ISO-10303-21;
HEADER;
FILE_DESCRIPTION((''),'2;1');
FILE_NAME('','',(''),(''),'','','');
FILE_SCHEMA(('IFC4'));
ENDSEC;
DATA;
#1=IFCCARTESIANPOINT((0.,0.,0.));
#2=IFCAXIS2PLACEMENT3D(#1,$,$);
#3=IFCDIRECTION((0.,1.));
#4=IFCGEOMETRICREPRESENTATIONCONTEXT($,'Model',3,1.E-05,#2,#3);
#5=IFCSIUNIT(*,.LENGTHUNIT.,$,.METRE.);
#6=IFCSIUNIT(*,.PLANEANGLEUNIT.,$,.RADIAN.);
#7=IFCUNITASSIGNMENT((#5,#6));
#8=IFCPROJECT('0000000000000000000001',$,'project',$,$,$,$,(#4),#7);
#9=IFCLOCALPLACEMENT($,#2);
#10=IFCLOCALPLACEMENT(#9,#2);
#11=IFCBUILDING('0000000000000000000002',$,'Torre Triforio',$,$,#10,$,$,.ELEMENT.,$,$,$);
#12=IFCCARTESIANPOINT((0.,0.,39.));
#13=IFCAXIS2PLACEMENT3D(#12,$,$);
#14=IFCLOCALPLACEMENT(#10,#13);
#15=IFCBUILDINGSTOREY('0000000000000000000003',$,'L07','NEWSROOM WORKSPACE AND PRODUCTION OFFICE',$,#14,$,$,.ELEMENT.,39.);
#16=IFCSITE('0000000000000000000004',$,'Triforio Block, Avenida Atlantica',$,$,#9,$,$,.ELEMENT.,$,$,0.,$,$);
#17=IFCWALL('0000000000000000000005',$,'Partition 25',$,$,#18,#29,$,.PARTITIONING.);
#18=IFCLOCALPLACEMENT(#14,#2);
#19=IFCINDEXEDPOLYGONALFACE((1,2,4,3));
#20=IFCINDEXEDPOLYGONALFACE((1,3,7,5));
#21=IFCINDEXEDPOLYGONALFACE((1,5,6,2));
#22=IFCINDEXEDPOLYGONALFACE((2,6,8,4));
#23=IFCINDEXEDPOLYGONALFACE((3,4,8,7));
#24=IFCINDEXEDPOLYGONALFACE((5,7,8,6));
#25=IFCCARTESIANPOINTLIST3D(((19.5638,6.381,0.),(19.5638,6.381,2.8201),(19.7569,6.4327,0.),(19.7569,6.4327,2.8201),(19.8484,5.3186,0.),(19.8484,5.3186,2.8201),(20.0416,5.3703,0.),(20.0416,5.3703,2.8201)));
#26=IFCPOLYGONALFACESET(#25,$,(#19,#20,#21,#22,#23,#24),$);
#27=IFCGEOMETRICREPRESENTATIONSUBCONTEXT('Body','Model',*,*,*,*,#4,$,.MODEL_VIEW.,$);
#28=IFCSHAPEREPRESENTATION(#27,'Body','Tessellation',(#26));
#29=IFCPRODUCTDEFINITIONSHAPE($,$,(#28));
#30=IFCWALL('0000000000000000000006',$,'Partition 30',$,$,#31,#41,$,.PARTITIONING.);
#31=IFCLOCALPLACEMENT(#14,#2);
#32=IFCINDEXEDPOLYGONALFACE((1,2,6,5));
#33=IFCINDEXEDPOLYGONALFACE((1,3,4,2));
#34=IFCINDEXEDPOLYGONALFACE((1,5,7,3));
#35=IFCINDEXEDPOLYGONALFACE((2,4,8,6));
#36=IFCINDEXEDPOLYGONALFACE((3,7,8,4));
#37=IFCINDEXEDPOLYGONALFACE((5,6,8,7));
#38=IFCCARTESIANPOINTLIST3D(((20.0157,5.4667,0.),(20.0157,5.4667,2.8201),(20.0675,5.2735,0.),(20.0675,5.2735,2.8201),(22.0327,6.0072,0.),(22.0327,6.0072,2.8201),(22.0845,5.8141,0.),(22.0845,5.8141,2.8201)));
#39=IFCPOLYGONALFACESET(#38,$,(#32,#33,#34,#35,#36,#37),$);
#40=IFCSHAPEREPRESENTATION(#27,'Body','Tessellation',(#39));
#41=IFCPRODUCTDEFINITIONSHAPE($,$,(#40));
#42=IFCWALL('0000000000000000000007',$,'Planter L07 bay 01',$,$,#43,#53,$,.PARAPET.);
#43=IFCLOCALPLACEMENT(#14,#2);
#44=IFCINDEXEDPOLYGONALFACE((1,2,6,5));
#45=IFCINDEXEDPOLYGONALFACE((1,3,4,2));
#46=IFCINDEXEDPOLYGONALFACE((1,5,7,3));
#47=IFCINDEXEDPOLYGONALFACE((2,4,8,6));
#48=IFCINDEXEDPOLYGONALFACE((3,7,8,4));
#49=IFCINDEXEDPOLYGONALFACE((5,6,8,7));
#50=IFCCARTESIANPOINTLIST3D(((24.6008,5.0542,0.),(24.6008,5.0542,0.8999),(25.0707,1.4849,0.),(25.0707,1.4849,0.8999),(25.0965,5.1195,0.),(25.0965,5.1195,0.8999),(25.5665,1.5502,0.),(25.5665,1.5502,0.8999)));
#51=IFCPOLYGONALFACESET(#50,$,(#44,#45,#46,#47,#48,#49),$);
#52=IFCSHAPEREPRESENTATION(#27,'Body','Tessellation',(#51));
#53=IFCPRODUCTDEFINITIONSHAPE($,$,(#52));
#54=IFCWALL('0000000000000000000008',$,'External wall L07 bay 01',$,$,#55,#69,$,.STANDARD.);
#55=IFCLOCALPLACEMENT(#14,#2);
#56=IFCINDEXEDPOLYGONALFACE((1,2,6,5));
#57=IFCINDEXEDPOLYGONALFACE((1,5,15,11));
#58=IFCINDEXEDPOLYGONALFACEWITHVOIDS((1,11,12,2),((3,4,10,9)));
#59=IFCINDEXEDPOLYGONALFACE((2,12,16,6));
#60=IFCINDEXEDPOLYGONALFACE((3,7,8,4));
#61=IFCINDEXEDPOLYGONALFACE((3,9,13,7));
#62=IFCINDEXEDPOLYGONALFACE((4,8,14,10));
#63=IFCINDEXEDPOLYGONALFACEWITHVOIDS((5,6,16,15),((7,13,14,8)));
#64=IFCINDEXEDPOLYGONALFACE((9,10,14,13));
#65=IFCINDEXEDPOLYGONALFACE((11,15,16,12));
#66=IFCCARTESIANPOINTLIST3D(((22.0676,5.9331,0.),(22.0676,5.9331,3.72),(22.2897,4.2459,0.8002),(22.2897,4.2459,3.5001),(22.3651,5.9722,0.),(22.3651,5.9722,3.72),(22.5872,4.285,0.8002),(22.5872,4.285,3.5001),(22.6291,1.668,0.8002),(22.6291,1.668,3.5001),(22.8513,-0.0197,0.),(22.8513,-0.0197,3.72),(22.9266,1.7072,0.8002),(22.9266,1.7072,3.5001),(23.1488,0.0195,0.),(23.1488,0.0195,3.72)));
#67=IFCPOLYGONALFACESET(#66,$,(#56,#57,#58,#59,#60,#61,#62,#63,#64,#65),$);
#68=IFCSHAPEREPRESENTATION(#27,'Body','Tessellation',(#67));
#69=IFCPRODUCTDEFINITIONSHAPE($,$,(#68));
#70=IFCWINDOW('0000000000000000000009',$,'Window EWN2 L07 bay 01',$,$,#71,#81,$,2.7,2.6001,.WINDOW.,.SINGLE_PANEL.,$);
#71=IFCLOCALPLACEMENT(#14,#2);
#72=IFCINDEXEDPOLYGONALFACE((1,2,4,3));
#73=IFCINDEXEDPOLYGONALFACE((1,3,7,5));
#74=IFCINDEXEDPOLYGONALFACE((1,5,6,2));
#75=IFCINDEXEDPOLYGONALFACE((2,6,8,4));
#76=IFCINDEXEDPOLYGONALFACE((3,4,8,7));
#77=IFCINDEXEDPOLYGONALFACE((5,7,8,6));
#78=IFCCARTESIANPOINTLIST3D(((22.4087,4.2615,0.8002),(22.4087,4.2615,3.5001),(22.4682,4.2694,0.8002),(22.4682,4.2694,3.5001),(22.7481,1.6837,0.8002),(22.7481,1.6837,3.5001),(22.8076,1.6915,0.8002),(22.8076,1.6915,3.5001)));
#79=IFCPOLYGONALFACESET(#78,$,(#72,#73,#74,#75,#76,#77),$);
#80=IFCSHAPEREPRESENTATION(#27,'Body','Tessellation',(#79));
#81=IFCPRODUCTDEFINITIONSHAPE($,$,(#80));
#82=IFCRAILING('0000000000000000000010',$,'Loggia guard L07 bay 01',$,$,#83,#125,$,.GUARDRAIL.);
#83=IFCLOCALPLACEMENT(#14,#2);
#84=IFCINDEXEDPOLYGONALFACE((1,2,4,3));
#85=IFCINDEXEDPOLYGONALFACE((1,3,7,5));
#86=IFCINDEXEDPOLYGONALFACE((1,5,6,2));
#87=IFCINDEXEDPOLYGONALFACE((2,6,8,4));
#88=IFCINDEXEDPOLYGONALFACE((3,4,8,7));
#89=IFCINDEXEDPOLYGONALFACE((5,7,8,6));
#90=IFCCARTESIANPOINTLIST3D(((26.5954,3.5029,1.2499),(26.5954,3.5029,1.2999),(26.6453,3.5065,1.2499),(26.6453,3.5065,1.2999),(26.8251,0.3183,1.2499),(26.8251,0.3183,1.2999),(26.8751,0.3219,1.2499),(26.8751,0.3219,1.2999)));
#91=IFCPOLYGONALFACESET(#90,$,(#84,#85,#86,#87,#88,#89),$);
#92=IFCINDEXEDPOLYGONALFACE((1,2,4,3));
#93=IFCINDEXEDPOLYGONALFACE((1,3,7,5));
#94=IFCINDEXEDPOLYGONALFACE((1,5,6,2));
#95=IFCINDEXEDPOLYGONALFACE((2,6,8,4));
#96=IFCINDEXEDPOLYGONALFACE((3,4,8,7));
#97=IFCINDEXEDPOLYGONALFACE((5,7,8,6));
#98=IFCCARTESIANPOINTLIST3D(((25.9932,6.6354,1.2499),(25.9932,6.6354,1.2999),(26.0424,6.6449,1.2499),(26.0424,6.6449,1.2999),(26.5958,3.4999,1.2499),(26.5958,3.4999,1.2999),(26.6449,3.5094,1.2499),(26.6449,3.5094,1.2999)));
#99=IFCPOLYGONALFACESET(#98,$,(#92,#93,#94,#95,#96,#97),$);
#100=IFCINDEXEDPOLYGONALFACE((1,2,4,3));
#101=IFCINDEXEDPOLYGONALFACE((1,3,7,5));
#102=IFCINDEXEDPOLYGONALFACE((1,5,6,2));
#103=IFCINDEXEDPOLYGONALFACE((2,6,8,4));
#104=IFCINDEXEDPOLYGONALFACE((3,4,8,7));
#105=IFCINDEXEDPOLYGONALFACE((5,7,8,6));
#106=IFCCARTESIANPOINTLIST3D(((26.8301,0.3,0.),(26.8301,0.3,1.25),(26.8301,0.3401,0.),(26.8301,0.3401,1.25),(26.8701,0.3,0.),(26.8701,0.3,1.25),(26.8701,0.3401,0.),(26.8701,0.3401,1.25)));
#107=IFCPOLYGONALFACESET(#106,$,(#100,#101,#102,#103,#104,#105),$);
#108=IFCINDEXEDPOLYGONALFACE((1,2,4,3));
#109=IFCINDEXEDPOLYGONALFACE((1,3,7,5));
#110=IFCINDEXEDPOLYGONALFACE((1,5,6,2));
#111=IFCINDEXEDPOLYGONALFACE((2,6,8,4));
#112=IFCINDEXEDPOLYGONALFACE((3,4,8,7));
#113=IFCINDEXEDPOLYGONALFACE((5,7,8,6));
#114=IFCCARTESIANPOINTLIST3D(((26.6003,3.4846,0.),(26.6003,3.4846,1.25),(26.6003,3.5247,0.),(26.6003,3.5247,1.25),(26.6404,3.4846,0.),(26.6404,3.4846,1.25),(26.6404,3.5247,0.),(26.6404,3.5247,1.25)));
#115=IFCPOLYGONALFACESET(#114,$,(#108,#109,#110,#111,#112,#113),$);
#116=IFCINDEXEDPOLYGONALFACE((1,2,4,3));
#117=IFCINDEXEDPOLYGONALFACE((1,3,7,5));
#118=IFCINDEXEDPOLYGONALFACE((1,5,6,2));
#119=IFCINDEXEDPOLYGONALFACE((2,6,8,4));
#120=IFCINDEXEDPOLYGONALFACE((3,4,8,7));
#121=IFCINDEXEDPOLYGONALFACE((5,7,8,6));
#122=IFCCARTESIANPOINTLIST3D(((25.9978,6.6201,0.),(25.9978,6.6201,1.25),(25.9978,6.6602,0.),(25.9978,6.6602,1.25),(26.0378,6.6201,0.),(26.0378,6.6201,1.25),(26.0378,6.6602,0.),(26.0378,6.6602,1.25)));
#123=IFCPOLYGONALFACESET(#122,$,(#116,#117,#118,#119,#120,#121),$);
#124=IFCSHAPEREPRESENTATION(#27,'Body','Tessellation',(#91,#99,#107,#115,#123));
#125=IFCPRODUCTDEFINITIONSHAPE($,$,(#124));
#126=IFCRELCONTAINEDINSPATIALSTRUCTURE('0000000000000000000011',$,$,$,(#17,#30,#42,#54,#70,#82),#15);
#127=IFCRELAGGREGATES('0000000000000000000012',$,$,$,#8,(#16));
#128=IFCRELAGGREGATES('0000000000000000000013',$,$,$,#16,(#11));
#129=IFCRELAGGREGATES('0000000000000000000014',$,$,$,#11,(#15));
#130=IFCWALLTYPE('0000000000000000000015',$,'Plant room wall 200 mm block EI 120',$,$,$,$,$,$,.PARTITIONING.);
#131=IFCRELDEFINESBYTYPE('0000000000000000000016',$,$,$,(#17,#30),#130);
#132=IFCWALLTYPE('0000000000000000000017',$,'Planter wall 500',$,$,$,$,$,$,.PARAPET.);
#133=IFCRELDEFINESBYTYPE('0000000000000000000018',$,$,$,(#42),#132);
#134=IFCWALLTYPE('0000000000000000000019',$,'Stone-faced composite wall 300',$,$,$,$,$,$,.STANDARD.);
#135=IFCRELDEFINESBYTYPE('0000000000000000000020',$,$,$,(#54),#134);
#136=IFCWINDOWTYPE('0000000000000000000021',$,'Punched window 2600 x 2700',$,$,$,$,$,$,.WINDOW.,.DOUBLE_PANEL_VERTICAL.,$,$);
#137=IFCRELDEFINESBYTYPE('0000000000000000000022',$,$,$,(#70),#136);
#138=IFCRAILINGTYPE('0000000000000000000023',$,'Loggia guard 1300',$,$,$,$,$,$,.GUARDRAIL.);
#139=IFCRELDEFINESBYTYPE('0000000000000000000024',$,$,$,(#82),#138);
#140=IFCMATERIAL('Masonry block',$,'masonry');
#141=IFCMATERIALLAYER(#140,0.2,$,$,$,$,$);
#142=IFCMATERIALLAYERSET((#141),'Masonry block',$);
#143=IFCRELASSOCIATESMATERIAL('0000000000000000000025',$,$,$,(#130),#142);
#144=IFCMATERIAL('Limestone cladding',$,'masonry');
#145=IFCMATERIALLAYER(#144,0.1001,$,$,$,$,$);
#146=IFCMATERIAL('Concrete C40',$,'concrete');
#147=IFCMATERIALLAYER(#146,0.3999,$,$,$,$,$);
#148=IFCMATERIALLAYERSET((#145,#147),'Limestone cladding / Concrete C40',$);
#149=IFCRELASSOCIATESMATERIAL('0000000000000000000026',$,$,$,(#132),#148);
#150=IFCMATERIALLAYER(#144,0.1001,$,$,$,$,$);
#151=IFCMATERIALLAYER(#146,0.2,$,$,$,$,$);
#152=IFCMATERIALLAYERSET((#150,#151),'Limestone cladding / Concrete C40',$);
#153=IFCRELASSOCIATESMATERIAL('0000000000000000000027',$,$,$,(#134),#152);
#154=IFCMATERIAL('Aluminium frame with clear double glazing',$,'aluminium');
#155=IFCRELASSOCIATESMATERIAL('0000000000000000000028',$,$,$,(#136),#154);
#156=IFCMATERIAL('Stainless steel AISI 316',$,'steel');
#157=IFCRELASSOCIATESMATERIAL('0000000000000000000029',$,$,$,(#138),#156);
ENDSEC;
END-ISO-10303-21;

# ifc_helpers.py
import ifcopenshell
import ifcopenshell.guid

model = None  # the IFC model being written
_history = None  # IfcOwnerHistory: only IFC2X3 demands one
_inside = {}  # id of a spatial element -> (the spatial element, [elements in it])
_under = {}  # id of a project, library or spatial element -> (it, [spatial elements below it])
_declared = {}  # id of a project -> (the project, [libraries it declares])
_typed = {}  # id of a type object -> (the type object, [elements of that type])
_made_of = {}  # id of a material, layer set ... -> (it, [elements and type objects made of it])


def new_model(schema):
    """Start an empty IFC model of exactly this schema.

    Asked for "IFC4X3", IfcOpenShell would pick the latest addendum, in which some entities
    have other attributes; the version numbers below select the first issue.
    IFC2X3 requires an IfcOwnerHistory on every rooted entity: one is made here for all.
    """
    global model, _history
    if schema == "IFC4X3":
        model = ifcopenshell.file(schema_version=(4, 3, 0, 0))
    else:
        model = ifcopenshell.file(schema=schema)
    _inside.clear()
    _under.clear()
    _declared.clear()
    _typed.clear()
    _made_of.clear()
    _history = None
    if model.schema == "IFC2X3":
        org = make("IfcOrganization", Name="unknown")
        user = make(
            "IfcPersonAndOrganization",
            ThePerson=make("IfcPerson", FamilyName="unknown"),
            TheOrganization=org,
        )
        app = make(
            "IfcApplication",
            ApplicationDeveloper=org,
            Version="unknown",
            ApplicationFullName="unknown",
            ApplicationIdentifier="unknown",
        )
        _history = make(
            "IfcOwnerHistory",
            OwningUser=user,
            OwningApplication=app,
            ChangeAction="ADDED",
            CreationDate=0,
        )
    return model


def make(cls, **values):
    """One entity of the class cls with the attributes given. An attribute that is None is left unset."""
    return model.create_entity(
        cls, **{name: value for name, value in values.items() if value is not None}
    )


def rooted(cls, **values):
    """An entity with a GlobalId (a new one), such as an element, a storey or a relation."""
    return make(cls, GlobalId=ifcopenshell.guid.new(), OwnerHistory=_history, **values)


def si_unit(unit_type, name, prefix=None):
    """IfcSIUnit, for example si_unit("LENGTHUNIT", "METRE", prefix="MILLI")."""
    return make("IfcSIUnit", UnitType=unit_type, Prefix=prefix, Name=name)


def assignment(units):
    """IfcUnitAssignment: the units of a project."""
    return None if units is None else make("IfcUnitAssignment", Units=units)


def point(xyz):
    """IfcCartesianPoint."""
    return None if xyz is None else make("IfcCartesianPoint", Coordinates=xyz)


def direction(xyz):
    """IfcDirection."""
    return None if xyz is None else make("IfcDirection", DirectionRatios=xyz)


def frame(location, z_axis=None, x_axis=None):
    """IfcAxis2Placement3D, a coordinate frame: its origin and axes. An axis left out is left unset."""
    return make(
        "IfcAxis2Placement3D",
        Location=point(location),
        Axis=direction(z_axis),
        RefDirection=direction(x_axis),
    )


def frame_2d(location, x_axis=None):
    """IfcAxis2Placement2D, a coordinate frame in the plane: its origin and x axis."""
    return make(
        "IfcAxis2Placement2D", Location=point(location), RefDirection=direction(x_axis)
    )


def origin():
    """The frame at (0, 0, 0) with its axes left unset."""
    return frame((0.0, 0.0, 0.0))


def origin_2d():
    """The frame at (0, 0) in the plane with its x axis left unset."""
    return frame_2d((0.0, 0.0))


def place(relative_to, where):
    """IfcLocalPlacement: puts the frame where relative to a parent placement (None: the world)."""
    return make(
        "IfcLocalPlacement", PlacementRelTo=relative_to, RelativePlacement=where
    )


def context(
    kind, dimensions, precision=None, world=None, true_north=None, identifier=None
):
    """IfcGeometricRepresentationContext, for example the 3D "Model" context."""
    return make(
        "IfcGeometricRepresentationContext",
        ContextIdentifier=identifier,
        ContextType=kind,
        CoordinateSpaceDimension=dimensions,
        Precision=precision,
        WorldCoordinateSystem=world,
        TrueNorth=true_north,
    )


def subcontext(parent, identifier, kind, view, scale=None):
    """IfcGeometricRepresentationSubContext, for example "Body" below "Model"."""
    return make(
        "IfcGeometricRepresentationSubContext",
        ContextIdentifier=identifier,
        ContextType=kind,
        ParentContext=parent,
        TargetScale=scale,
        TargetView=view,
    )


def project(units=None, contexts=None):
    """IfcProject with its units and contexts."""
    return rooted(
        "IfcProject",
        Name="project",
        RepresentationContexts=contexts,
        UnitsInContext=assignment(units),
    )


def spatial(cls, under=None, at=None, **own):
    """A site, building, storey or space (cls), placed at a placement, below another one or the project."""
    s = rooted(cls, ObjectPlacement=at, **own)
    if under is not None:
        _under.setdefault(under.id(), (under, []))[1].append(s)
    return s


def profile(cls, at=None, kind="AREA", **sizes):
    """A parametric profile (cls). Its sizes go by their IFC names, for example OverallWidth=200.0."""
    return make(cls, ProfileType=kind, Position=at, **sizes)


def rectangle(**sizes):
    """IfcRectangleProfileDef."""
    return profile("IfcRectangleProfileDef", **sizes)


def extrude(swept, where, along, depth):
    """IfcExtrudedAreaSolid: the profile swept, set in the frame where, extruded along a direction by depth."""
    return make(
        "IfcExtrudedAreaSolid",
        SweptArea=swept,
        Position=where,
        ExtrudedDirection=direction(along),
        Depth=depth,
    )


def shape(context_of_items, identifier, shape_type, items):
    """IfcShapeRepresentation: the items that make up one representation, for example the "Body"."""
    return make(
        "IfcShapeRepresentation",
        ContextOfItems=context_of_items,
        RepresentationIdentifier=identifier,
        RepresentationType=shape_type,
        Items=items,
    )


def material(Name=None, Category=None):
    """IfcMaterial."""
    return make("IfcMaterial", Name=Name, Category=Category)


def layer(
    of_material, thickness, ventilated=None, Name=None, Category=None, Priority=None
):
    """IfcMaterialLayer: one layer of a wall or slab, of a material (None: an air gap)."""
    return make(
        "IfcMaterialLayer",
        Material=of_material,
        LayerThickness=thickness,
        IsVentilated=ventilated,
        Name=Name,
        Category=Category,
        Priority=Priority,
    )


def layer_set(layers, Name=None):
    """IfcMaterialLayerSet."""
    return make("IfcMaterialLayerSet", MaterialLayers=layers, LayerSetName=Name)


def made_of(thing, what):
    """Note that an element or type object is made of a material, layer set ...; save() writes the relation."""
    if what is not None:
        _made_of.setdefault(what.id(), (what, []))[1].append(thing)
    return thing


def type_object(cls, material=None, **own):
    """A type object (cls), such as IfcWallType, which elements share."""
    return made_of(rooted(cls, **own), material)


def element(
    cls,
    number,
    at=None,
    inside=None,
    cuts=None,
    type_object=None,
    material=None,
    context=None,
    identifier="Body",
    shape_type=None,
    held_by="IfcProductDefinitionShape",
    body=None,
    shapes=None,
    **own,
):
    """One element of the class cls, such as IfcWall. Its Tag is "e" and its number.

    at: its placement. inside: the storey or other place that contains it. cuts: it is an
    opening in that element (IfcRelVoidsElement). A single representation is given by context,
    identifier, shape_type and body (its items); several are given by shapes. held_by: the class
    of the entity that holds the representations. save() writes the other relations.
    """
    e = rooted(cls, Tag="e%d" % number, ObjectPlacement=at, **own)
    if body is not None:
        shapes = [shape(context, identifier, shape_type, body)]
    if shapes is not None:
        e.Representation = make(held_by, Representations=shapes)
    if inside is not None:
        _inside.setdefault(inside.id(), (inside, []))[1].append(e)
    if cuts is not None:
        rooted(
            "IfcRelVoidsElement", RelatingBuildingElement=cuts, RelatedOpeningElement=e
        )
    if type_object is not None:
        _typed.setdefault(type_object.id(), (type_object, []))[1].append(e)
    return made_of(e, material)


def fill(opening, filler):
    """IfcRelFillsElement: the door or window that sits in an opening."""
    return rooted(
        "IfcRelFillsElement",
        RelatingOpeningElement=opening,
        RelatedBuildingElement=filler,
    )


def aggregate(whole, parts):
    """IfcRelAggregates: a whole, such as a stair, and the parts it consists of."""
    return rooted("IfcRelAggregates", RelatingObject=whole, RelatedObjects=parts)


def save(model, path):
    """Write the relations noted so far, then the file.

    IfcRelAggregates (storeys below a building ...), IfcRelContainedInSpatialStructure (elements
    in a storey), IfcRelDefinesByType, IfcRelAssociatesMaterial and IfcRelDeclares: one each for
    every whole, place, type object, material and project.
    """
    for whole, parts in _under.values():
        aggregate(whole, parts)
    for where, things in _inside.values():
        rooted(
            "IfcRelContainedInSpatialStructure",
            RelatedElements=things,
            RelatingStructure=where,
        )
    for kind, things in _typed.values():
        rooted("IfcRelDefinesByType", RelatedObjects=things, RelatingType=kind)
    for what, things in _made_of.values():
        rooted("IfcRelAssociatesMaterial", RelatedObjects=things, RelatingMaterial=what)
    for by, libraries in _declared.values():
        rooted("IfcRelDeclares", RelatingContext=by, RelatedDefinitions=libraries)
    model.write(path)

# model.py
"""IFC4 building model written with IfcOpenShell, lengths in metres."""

from ifc_helpers import new_model, si_unit, direction, frame, frame_2d, origin, origin_2d, place, context, subcontext, project, spatial, rectangle, extrude, material, layer, layer_set, type_object, element, fill, save


model = new_model("IFC4")

# Units and contexts
model_context = context("Model", 3, precision=1e-05, world=origin(), true_north=direction((0.0, 1.0)))
body_context = subcontext(model_context, "Body", "Model", "MODEL_VIEW")
ifc_project = project(units=[si_unit("LENGTHUNIT", "METRE"), si_unit("PLANEANGLEUNIT", "RADIAN")], contexts=[model_context])

# Site, building, storey
site_placement = place(None, origin())
site = spatial("IfcSite", under=ifc_project, at=site_placement, Name="Triforio Block, Avenida Atlantica", CompositionType="ELEMENT", RefElevation=0.0)
building_placement = place(site_placement, origin())
building = spatial("IfcBuilding", under=site, at=building_placement, Name="Torre Triforio", CompositionType="ELEMENT")
storey_placement = place(building_placement, frame((0.0, 0.0, 39.0)))
storey = spatial("IfcBuildingStorey", under=building, at=storey_placement, Name="L07", Description="NEWSROOM WORKSPACE AND PRODUCTION OFFICE", CompositionType="ELEMENT", Elevation=39.0)

# Shared definitions
ifc_material_1 = material(Name="Masonry block", Category="masonry")
ifc_layer_1 = layer(ifc_material_1, 0.2)
ifc_layer_set_1 = layer_set([ifc_layer_1], Name="Masonry block")
wall_type_1 = type_object("IfcWallType", Name="Plant room wall 200 mm block EI 120", PredefinedType="PARTITIONING", material=ifc_layer_set_1)

# Walls
wall_1_placement = place(storey_placement, frame((19.6604, 6.4067, 0.0), z_axis=(0.0, 0.0, 1.0), x_axis=(0.258795, -0.965932, 0.0)))
element("IfcWall", 1, at=wall_1_placement, inside=storey, type_object=wall_type_1, Name="Partition 25", PredefinedType="PARTITIONING", context=body_context, shape_type="SweptSolid", body=[
    extrude(rectangle(XDim=1.0999, YDim=0.2, at=frame_2d((0.5498, 0.0))), origin(), (0.0, 0.0, 1.0), 2.8201),
])
wall_2_placement = place(storey_placement, frame((20.0417, 5.3701, 0.0), z_axis=(0.0, 0.0, 1.0), x_axis=(0.965912, 0.258871, 0.0)))
element("IfcWall", 2, at=wall_2_placement, inside=storey, type_object=wall_type_1, Name="Partition 30", PredefinedType="PARTITIONING", context=body_context, shape_type="SweptSolid", body=[
    extrude(rectangle(XDim=2.0881, YDim=0.2, at=frame_2d((1.0439, 0.0))), origin(), (0.0, 0.0, 1.0), 2.8201),
])
ifc_material_2 = material(Name="Limestone cladding", Category="masonry")
ifc_layer_2 = layer(ifc_material_2, 0.1001)
ifc_material_3 = material(Name="Concrete C40", Category="concrete")
ifc_layer_3 = layer(ifc_material_3, 0.3999)
ifc_layer_set_2 = layer_set([ifc_layer_2, ifc_layer_3], Name="Limestone cladding / Concrete C40")
wall_type_2 = type_object("IfcWallType", Name="Planter wall 500", PredefinedType="PARAPET", material=ifc_layer_set_2)
wall_3_placement = place(storey_placement, frame((25.3186, 1.5176, 0.0), z_axis=(0.0, 0.0, 1.0), x_axis=(-0.130542, 0.991443, 0.0)))
element("IfcWall", 3, at=wall_3_placement, inside=storey, type_object=wall_type_2, Name="Planter L07 bay 01", PredefinedType="PARAPET", context=body_context, shape_type="SweptSolid", body=[
    extrude(rectangle(XDim=3.6001, YDim=0.5, at=frame_2d((1.8, 0.0))), origin(), (0.0, 0.0, 1.0), 0.8999),
])

# Wall, opening, window
ifc_layer_4 = layer(ifc_material_2, 0.1001)
ifc_layer_5 = layer(ifc_material_3, 0.2)
ifc_layer_set_3 = layer_set([ifc_layer_4, ifc_layer_5], Name="Limestone cladding / Concrete C40")
wall_type_3 = type_object("IfcWallType", Name="Stone-faced composite wall 300", PredefinedType="STANDARD", material=ifc_layer_set_3)
wall_4_placement = place(storey_placement, frame((23.0, 0.0, 0.0), z_axis=(0.0, 0.0, 1.0), x_axis=(-0.130523, 0.991445, 0.0)))
wall_4 = element("IfcWall", 4, at=wall_4_placement, inside=storey, type_object=wall_type_3, Name="External wall L07 bay 01", PredefinedType="STANDARD", context=body_context, shape_type="SweptSolid", body=[
    extrude(rectangle(XDim=6.0042, YDim=0.3, at=frame_2d((3.002, 0.0))), origin(), (0.0, 0.0, 1.0), 3.72),
])
opening_1_placement = place(wall_4_placement, frame((1.7021, 0.0, 0.8)))
opening_1 = element("IfcOpeningElement", 5, at=opening_1_placement, cuts=wall_4, PredefinedType="OPENING", context=body_context, shape_type="SweptSolid", body=[
    extrude(rectangle(XDim=2.6001, YDim=2.7, at=frame_2d((1.3, 1.3501))), frame((0.0, 0.1599, 0.0), z_axis=(0.0, -1.0, 0.0), x_axis=(1.0, 0.0, 0.0)), (0.0, 0.0, 1.0), 0.3201),
])
ifc_material_4 = material(Name="Aluminium frame with clear double glazing", Category="aluminium")
window_type_1 = type_object("IfcWindowType", Name="Punched window 2600 x 2700", PartitioningType="DOUBLE_PANEL_VERTICAL", PredefinedType="WINDOW", material=ifc_material_4)
window_1_placement = place(opening_1_placement, origin())
window_1 = element("IfcWindow", 6, at=window_1_placement, inside=storey, type_object=window_type_1, Name="Window EWN2 L07 bay 01", OverallHeight=2.7, OverallWidth=2.6001, PartitioningType="SINGLE_PANEL", PredefinedType="WINDOW", context=body_context, shape_type="SweptSolid", body=[
    extrude(rectangle(XDim=2.6001, YDim=2.7, at=frame_2d((1.3, 1.3501))), frame((0.0, 0.03, 0.0), z_axis=(0.0, -1.0, 0.0), x_axis=(1.0, 0.0, 0.0)), (0.0, 0.0, 1.0), 0.0601),
])
fill(opening_1, window_1)

# Railing
ifc_material_5 = material(Name="Stainless steel AISI 316", Category="steel")
railing_type = type_object("IfcRailingType", Name="Loggia guard 1300", PredefinedType="GUARDRAIL", material=ifc_material_5)
railing_placement = place(storey_placement, frame((26.8501, 0.3201, 0.0)))
element("IfcRailing", 7, at=railing_placement, inside=storey, type_object=railing_type, Name="Loggia guard L07 bay 01", PredefinedType="GUARDRAIL", context=body_context, shape_type="SweptSolid", body=[
    extrude(rectangle(XDim=0.05, YDim=0.05, at=origin_2d()), frame((0.0, 0.0, 1.2749), z_axis=(-0.071953, 0.997408, 0.0), x_axis=(-0.997408, -0.071953, 0.0)), (0.0, 0.0, 1.0), 3.1929),
    extrude(rectangle(XDim=0.05, YDim=0.05, at=origin_2d()), frame((-0.2297, 3.1846, 1.2749), z_axis=(-0.188714, 0.982032, 0.0), x_axis=(-0.982032, -0.188714, 0.0)), (0.0, 0.0, 1.0), 3.1929),
    extrude(rectangle(XDim=0.04, YDim=0.04, at=origin_2d()), origin(), (0.0, 0.0, 1.0), 1.25),
    extrude(rectangle(XDim=0.04, YDim=0.04, at=origin_2d()), frame((-0.2297, 3.1846, 0.0)), (0.0, 0.0, 1.0), 1.25),
    extrude(rectangle(XDim=0.04, YDim=0.04, at=origin_2d()), frame((-0.8323, 6.3201, 0.0)), (0.0, 0.0, 1.0), 1.25),
])

save(model, "model.ifc")
